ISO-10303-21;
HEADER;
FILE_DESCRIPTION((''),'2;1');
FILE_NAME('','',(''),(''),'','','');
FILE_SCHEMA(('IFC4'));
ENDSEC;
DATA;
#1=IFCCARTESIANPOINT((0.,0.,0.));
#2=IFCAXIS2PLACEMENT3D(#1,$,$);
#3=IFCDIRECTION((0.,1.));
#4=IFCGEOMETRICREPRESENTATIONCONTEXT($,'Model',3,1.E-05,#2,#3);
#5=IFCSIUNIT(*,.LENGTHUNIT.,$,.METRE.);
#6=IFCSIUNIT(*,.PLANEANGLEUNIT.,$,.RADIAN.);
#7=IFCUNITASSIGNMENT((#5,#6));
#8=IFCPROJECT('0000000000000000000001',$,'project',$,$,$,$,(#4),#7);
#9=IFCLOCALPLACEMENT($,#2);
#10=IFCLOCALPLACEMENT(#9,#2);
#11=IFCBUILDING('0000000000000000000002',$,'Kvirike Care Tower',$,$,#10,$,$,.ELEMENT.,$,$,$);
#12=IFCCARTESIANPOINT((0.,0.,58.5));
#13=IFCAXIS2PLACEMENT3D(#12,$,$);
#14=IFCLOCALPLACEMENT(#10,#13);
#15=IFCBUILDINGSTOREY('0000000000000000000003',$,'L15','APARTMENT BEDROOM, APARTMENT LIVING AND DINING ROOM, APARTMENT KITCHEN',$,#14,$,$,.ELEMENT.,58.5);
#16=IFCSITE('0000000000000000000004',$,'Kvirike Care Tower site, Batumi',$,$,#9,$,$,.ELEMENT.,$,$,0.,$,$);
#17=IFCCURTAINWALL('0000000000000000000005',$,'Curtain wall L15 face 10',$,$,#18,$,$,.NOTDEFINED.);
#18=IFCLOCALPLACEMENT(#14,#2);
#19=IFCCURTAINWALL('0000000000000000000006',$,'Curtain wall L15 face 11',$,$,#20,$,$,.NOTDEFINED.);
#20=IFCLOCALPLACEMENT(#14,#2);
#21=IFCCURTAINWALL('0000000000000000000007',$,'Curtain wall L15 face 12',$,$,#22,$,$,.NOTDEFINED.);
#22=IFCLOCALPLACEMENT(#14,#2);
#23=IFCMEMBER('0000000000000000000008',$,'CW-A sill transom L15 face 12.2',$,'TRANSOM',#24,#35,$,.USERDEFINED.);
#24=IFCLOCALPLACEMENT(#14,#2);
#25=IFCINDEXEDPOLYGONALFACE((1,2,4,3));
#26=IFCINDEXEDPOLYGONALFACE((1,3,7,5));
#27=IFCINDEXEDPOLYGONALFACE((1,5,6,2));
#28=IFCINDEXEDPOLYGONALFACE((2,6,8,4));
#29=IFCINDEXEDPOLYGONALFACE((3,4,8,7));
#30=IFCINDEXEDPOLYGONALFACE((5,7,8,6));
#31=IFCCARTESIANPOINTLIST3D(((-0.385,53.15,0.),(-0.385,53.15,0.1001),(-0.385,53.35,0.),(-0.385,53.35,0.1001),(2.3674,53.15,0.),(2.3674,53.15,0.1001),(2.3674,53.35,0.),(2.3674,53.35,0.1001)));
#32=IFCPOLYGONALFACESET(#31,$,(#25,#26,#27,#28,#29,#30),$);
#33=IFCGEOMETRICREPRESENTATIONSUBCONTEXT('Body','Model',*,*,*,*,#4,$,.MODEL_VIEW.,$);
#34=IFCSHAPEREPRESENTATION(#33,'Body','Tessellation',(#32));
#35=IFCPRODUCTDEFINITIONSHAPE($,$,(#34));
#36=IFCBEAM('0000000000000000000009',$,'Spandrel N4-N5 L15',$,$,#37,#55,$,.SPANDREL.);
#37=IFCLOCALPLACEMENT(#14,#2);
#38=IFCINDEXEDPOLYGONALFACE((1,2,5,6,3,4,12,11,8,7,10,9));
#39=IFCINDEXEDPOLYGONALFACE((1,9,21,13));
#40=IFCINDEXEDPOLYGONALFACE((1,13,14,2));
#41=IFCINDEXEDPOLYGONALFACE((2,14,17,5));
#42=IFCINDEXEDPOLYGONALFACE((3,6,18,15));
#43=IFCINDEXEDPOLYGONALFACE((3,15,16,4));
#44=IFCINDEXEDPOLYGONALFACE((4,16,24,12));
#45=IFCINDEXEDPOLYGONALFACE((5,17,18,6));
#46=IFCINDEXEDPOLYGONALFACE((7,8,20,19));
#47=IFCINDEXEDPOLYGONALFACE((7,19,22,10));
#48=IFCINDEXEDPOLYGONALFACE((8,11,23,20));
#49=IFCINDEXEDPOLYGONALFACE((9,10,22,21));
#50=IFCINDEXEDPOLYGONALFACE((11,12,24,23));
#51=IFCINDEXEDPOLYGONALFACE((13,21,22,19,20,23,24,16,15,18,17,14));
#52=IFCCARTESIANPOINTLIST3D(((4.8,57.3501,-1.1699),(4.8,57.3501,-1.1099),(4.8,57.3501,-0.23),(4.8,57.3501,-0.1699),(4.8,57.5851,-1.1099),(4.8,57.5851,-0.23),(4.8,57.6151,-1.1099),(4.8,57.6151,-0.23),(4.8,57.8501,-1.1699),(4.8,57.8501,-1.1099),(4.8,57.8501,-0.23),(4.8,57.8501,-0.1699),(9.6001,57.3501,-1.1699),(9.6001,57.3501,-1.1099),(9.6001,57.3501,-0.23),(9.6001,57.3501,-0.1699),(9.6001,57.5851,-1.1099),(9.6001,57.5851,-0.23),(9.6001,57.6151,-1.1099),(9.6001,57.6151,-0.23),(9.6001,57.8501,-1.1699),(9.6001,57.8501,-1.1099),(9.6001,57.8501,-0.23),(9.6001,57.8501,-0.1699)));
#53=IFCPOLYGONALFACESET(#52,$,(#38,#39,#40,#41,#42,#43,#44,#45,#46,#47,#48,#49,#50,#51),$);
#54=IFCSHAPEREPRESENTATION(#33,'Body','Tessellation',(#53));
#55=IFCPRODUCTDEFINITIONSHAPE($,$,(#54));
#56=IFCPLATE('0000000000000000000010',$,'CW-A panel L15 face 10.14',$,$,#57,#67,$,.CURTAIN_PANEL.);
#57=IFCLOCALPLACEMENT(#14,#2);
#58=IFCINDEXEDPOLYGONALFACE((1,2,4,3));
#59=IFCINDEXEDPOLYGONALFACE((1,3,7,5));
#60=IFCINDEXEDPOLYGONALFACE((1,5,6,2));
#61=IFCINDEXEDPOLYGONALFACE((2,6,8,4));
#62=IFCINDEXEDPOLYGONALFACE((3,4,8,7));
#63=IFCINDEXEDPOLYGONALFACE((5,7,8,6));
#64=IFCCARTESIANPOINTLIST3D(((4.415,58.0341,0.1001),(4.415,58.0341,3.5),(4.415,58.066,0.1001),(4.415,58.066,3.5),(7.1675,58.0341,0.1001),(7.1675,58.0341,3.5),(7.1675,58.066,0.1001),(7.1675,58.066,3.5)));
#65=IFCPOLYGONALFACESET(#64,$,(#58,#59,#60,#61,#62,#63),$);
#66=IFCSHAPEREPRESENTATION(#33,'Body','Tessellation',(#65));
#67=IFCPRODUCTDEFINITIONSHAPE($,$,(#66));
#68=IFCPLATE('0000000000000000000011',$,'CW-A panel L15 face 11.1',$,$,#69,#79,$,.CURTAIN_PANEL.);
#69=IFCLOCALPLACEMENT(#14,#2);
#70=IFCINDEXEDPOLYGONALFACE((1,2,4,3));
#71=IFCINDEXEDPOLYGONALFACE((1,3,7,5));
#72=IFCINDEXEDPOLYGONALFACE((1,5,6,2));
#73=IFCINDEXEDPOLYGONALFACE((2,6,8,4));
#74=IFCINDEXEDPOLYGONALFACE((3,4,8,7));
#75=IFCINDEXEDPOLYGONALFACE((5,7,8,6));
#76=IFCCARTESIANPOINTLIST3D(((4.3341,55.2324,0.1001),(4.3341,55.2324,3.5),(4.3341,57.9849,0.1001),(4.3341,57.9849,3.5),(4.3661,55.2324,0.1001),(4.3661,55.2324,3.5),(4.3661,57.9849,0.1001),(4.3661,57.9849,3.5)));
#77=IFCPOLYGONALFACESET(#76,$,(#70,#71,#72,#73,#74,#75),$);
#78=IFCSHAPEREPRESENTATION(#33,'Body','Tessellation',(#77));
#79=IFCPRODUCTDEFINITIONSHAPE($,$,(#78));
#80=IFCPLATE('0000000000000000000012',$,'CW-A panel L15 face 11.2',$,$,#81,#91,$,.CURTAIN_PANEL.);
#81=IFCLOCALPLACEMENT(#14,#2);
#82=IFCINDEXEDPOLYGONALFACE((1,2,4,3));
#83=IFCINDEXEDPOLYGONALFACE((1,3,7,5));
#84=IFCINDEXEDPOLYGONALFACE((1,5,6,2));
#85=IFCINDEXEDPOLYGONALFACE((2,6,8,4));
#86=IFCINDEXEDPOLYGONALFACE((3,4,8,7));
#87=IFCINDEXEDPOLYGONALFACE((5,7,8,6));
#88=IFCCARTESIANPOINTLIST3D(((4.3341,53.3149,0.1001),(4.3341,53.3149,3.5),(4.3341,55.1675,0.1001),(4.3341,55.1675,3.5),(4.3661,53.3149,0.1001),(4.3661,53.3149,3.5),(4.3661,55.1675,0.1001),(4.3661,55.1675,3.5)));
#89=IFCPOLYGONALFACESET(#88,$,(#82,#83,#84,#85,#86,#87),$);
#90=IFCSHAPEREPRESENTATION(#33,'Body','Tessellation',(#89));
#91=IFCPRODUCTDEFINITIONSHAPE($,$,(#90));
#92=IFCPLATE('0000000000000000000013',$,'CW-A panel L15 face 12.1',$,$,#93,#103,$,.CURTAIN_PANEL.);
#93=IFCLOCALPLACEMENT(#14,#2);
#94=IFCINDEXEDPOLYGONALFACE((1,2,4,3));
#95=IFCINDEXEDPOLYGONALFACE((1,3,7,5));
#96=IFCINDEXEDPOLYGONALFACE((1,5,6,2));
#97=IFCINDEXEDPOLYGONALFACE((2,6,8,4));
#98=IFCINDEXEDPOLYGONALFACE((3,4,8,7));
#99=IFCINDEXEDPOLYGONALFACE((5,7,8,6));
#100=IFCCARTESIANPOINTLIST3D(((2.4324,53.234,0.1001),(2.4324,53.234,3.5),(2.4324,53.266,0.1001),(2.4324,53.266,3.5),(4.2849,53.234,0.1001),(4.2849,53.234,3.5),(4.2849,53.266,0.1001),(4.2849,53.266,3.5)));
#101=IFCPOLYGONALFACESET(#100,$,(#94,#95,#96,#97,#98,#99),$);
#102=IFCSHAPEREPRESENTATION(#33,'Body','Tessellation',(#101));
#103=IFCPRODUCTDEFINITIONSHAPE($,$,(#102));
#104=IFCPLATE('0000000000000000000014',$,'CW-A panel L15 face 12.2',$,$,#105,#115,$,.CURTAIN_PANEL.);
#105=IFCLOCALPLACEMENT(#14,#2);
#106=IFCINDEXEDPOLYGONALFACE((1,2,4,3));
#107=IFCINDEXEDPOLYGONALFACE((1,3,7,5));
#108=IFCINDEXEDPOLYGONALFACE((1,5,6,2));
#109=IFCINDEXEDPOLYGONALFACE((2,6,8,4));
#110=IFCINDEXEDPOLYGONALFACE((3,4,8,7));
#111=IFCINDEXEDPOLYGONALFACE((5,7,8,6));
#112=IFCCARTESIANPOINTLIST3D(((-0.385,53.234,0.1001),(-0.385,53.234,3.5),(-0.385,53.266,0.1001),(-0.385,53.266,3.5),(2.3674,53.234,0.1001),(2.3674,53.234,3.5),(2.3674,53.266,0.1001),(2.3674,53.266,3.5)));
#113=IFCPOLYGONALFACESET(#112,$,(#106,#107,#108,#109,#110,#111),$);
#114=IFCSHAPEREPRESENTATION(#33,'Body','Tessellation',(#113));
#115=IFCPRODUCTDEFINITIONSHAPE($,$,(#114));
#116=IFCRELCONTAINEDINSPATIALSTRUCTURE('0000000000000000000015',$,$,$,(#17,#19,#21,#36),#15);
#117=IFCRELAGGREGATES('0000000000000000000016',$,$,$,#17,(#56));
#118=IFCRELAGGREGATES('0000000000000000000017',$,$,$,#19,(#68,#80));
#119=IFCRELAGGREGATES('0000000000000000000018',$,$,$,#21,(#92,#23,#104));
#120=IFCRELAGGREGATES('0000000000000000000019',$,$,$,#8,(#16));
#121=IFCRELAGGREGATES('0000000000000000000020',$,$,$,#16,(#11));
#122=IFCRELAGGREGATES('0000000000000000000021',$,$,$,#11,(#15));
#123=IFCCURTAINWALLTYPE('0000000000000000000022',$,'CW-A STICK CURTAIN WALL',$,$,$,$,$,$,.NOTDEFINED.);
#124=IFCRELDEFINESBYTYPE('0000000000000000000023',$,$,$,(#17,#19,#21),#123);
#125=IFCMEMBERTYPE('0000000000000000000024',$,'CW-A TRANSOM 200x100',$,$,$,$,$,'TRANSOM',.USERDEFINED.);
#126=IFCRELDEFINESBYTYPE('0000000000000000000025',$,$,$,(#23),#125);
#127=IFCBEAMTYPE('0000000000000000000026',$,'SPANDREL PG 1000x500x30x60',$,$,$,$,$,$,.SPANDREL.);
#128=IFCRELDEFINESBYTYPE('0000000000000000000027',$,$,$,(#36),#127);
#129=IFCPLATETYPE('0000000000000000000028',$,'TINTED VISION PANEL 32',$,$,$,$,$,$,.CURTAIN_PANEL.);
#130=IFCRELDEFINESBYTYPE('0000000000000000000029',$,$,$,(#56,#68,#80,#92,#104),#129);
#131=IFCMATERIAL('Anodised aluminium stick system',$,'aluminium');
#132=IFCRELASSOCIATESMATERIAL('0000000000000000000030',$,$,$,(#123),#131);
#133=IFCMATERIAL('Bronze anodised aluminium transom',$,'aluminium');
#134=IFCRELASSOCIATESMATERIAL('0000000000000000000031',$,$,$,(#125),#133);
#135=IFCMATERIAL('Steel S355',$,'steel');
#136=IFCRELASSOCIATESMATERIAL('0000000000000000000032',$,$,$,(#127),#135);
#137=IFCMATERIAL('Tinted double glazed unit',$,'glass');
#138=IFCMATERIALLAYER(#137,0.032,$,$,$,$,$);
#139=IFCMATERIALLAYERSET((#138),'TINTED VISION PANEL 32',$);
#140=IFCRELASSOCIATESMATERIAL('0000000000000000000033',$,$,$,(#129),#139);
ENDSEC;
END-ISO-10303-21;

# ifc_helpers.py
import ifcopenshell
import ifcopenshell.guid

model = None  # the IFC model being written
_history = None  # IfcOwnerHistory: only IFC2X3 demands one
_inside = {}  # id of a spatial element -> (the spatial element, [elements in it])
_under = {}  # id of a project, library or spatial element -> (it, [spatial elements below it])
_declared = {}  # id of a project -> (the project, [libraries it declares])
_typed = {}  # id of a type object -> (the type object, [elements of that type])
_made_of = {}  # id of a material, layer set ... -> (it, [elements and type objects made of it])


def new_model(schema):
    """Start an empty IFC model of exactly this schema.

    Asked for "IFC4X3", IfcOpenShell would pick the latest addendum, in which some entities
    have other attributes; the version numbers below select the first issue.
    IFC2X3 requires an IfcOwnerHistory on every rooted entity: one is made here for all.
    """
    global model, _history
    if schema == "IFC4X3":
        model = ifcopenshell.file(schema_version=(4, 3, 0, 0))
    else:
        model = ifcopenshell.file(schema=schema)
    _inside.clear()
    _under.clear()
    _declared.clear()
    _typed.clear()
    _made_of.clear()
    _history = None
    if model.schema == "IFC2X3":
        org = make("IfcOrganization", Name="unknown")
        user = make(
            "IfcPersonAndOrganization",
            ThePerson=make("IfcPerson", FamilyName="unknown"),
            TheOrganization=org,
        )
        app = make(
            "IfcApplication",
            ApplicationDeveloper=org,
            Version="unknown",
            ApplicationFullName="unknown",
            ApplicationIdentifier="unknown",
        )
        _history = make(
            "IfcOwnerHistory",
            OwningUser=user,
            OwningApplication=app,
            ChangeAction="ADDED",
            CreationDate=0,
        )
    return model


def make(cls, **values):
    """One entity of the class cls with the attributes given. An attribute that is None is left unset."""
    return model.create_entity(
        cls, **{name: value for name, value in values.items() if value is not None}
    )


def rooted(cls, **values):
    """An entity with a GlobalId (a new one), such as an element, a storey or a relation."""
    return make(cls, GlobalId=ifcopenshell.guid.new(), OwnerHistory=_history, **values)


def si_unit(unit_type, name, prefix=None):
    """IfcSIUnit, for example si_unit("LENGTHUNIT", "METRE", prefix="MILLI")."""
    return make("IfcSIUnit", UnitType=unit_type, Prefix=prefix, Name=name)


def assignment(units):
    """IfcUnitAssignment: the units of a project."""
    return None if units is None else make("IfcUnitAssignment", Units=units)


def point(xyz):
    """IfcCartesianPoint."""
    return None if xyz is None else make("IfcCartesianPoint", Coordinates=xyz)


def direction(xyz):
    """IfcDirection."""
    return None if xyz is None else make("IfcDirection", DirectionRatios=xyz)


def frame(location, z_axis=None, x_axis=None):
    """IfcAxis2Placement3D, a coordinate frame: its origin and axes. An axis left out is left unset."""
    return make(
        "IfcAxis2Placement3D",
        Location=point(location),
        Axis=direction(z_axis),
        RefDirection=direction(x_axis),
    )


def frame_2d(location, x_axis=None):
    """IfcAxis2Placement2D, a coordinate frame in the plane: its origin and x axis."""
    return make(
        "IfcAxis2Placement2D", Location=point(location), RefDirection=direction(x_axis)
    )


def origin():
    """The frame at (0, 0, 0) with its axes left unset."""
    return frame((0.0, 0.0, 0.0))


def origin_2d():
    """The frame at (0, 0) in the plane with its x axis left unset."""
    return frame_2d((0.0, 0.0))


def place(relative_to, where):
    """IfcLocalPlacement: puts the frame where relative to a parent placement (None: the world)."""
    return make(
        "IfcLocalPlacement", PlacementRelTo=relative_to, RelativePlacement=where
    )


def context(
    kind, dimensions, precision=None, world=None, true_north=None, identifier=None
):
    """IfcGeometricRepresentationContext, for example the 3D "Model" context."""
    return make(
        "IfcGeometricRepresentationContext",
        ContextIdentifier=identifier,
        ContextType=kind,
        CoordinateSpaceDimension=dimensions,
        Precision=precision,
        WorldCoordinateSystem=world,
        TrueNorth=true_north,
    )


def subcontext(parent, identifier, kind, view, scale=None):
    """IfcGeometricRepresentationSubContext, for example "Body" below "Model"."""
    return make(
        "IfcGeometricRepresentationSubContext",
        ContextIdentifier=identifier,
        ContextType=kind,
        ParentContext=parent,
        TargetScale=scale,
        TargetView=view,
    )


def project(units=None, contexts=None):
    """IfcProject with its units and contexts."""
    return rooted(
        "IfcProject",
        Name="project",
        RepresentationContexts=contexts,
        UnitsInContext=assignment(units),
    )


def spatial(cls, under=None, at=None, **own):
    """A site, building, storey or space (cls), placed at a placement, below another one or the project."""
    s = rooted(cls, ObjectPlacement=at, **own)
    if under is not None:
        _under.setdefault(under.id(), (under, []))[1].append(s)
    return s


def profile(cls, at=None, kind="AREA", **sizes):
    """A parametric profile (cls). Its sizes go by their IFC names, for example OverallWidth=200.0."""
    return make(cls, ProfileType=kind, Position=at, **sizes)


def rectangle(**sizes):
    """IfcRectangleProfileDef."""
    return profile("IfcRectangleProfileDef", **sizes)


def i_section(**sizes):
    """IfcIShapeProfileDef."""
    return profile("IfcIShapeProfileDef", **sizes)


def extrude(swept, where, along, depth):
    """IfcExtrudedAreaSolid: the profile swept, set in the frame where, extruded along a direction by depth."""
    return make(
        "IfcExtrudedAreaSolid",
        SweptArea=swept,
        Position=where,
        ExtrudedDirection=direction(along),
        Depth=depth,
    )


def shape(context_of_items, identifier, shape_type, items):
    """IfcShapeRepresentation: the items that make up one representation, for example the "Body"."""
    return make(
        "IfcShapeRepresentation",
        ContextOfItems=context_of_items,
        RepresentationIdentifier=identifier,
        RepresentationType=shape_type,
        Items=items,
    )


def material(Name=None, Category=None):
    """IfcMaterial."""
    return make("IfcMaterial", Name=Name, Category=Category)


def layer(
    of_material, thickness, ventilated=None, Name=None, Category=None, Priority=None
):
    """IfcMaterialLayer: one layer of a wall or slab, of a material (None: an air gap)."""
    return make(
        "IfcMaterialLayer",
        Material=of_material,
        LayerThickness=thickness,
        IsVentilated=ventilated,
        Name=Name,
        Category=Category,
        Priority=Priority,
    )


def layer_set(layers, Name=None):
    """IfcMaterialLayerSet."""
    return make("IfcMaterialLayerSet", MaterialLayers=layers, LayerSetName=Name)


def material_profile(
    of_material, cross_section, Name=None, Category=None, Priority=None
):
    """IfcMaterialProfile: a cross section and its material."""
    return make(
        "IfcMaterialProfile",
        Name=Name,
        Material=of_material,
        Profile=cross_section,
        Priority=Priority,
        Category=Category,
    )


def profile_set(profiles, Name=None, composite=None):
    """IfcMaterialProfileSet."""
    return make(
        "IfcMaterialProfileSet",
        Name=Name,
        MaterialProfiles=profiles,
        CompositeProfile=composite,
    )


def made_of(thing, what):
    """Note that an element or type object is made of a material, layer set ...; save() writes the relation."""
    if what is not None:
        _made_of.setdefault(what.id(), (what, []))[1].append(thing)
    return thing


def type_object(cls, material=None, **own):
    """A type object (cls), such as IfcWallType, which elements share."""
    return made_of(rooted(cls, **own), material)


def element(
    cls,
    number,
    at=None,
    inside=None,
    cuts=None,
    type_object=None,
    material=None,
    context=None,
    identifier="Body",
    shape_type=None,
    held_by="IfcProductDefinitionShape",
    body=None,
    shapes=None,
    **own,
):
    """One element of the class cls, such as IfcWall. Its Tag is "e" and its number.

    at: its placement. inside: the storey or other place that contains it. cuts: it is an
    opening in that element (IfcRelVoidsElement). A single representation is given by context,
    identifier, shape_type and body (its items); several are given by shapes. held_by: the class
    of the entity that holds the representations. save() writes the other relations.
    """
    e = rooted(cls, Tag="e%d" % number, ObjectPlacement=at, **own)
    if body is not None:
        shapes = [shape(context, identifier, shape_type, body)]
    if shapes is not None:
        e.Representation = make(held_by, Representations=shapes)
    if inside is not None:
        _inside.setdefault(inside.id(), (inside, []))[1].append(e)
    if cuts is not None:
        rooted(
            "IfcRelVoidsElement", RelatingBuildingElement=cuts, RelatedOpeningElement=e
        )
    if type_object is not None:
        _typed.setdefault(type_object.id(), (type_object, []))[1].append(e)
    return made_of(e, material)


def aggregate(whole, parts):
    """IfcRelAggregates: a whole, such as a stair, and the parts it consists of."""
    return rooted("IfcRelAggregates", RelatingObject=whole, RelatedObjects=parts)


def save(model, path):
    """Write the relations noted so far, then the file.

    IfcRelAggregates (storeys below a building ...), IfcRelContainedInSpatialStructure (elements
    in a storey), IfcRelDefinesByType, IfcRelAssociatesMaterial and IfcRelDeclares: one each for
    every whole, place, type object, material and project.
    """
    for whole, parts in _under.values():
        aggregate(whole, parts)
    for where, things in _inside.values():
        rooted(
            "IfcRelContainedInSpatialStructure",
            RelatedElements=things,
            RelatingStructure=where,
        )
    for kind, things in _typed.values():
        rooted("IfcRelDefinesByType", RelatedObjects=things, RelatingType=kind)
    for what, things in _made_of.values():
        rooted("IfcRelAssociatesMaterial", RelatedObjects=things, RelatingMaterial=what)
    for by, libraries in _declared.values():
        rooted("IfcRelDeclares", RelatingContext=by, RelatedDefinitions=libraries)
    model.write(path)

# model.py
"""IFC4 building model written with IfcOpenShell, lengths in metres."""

from ifc_helpers import new_model, si_unit, direction, frame, origin, origin_2d, place, context, subcontext, project, spatial, rectangle, i_section, extrude, material, layer, layer_set, material_profile, profile_set, type_object, element, aggregate, save


model = new_model("IFC4")

# Units and contexts
model_context = context("Model", 3, precision=1e-05, world=origin(), true_north=direction((0.0, 1.0)))
body_context = subcontext(model_context, "Body", "Model", "MODEL_VIEW")
ifc_project = project(units=[si_unit("LENGTHUNIT", "METRE"), si_unit("PLANEANGLEUNIT", "RADIAN")], contexts=[model_context])

# Site, building, storey
site_placement = place(None, origin())
site = spatial("IfcSite", under=ifc_project, at=site_placement, Name="Kvirike Care Tower site, Batumi", CompositionType="ELEMENT", RefElevation=0.0)
building_placement = place(site_placement, origin())
building = spatial("IfcBuilding", under=site, at=building_placement, Name="Kvirike Care Tower", CompositionType="ELEMENT")
storey_placement = place(building_placement, frame((0.0, 0.0, 58.5)))
storey = spatial("IfcBuildingStorey", under=building, at=storey_placement, Name="L15", Description="APARTMENT BEDROOM, APARTMENT LIVING AND DINING ROOM, APARTMENT KITCHEN", CompositionType="ELEMENT", Elevation=58.5)

# Curtain walls
ifc_material_1 = material(Name="Anodised aluminium stick system", Category="aluminium")
curtain_wall_type = type_object("IfcCurtainWallType", Name="CW-A STICK CURTAIN WALL", PredefinedType="NOTDEFINED", material=ifc_material_1)
curtain_wall_1_placement = place(storey_placement, origin())
curtain_wall_1 = element("IfcCurtainWall", 1, at=curtain_wall_1_placement, inside=storey, type_object=curtain_wall_type, Name="Curtain wall L15 face 10", PredefinedType="NOTDEFINED")
curtain_wall_2_placement = place(storey_placement, origin())
curtain_wall_2 = element("IfcCurtainWall", 2, at=curtain_wall_2_placement, inside=storey, type_object=curtain_wall_type, Name="Curtain wall L15 face 11", PredefinedType="NOTDEFINED")
curtain_wall_3_placement = place(storey_placement, origin())
curtain_wall_3 = element("IfcCurtainWall", 3, at=curtain_wall_3_placement, inside=storey, type_object=curtain_wall_type, Name="Curtain wall L15 face 12", PredefinedType="NOTDEFINED")

# Member
ifc_material_2 = material(Name="Bronze anodised aluminium transom", Category="aluminium")
ifc_material_profile_1 = material_profile(ifc_material_2, rectangle(XDim=0.2, YDim=0.1001, at=origin_2d()), Name="CW-A TRANSOM 200x100")
ifc_profile_set_1 = profile_set([ifc_material_profile_1], Name="Bronze anodised aluminium transom")
member_type_1 = type_object("IfcMemberType", Name="CW-A TRANSOM 200x100", ElementType="TRANSOM", PredefinedType="USERDEFINED", material=ifc_profile_set_1)
member_1_placement = place(storey_placement, frame((2.3674, 53.25, 0.05), z_axis=(-1.0, 0.0, 0.0), x_axis=(0.0, -1.0, 0.0)))
member_1 = element("IfcMember", 4, at=member_1_placement, type_object=member_type_1, Name="CW-A sill transom L15 face 12.2", ObjectType="TRANSOM", PredefinedType="USERDEFINED", context=body_context, shape_type="SweptSolid", body=[
    extrude(rectangle(XDim=0.2, YDim=0.1001, at=origin_2d()), origin(), (0.0, 0.0, 1.0), 2.7524),
])

# Beam
ifc_material_3 = material(Name="Steel S355", Category="steel")
ifc_material_profile_2 = material_profile(ifc_material_3, i_section(OverallWidth=0.5, OverallDepth=1.0, WebThickness=0.03, FlangeThickness=0.0601, at=origin_2d()), Name="PG 1000x500x30x60")
ifc_profile_set_2 = profile_set([ifc_material_profile_2], Name="Steel S355")
beam_type = type_object("IfcBeamType", Name="SPANDREL PG 1000x500x30x60", PredefinedType="SPANDREL", material=ifc_profile_set_2)
beam_placement = place(storey_placement, frame((4.8, 57.6001, -0.6699), z_axis=(1.0, 0.0, 0.0), x_axis=(0.0, 1.0, 0.0)))
element("IfcBeam", 5, at=beam_placement, inside=storey, type_object=beam_type, Name="Spandrel N4-N5 L15", PredefinedType="SPANDREL", context=body_context, shape_type="SweptSolid", body=[
    extrude(i_section(OverallWidth=0.5, OverallDepth=1.0, WebThickness=0.03, FlangeThickness=0.0601, at=origin_2d()), origin(), (0.0, 0.0, 1.0), 4.8),
])

# Plates
ifc_material_4 = material(Name="Tinted double glazed unit", Category="glass")
ifc_layer = layer(ifc_material_4, 0.032)
ifc_layer_set = layer_set([ifc_layer], Name="TINTED VISION PANEL 32")
plate_type = type_object("IfcPlateType", Name="TINTED VISION PANEL 32", PredefinedType="CURTAIN_PANEL", material=ifc_layer_set)
plate_1_placement = place(storey_placement, frame((5.7913, 58.05, 0.1001), z_axis=(0.0, 0.0, 1.0), x_axis=(-1.0, 0.0, 0.0)))
plate_1 = element("IfcPlate", 6, at=plate_1_placement, type_object=plate_type, Name="CW-A panel L15 face 10.14", PredefinedType="CURTAIN_PANEL", context=body_context, shape_type="SweptSolid", body=[
    extrude(rectangle(XDim=2.7524, YDim=0.032, at=origin_2d()), origin(), (0.0, 0.0, 1.0), 3.3999),
])
aggregate(curtain_wall_1, [plate_1])
plate_2_placement = place(storey_placement, frame((4.3501, 56.6086, 0.1001), z_axis=(0.0, 0.0, 1.0), x_axis=(0.0, -1.0, 0.0)))
plate_2 = element("IfcPlate", 7, at=plate_2_placement, type_object=plate_type, Name="CW-A panel L15 face 11.1", PredefinedType="CURTAIN_PANEL", context=body_context, shape_type="SweptSolid", body=[
    extrude(rectangle(XDim=2.7524, YDim=0.032, at=origin_2d()), origin(), (0.0, 0.0, 1.0), 3.3999),
])
plate_3_placement = place(storey_placement, frame((4.3501, 54.2412, 0.1001), z_axis=(0.0, 0.0, 1.0), x_axis=(0.0, -1.0, 0.0)))
plate_3 = element("IfcPlate", 8, at=plate_3_placement, type_object=plate_type, Name="CW-A panel L15 face 11.2", PredefinedType="CURTAIN_PANEL", context=body_context, shape_type="SweptSolid", body=[
    extrude(rectangle(XDim=1.8525, YDim=0.032, at=origin_2d()), origin(), (0.0, 0.0, 1.0), 3.3999),
])
aggregate(curtain_wall_2, [plate_2, plate_3])
plate_4_placement = place(storey_placement, frame((3.3586, 53.25, 0.1001), z_axis=(0.0, 0.0, 1.0), x_axis=(-1.0, 0.0, 0.0)))
plate_4 = element("IfcPlate", 9, at=plate_4_placement, type_object=plate_type, Name="CW-A panel L15 face 12.1", PredefinedType="CURTAIN_PANEL", context=body_context, shape_type="SweptSolid", body=[
    extrude(rectangle(XDim=1.8525, YDim=0.032, at=origin_2d()), origin(), (0.0, 0.0, 1.0), 3.3999),
])
plate_5_placement = place(storey_placement, frame((0.9912, 53.25, 0.1001), z_axis=(0.0, 0.0, 1.0), x_axis=(-1.0, 0.0, 0.0)))
plate_5 = element("IfcPlate", 10, at=plate_5_placement, type_object=plate_type, Name="CW-A panel L15 face 12.2", PredefinedType="CURTAIN_PANEL", context=body_context, shape_type="SweptSolid", body=[
    extrude(rectangle(XDim=2.7524, YDim=0.032, at=origin_2d()), origin(), (0.0, 0.0, 1.0), 3.3999),
])
aggregate(curtain_wall_3, [plate_4, member_1, plate_5])

save(model, "model.ifc")
